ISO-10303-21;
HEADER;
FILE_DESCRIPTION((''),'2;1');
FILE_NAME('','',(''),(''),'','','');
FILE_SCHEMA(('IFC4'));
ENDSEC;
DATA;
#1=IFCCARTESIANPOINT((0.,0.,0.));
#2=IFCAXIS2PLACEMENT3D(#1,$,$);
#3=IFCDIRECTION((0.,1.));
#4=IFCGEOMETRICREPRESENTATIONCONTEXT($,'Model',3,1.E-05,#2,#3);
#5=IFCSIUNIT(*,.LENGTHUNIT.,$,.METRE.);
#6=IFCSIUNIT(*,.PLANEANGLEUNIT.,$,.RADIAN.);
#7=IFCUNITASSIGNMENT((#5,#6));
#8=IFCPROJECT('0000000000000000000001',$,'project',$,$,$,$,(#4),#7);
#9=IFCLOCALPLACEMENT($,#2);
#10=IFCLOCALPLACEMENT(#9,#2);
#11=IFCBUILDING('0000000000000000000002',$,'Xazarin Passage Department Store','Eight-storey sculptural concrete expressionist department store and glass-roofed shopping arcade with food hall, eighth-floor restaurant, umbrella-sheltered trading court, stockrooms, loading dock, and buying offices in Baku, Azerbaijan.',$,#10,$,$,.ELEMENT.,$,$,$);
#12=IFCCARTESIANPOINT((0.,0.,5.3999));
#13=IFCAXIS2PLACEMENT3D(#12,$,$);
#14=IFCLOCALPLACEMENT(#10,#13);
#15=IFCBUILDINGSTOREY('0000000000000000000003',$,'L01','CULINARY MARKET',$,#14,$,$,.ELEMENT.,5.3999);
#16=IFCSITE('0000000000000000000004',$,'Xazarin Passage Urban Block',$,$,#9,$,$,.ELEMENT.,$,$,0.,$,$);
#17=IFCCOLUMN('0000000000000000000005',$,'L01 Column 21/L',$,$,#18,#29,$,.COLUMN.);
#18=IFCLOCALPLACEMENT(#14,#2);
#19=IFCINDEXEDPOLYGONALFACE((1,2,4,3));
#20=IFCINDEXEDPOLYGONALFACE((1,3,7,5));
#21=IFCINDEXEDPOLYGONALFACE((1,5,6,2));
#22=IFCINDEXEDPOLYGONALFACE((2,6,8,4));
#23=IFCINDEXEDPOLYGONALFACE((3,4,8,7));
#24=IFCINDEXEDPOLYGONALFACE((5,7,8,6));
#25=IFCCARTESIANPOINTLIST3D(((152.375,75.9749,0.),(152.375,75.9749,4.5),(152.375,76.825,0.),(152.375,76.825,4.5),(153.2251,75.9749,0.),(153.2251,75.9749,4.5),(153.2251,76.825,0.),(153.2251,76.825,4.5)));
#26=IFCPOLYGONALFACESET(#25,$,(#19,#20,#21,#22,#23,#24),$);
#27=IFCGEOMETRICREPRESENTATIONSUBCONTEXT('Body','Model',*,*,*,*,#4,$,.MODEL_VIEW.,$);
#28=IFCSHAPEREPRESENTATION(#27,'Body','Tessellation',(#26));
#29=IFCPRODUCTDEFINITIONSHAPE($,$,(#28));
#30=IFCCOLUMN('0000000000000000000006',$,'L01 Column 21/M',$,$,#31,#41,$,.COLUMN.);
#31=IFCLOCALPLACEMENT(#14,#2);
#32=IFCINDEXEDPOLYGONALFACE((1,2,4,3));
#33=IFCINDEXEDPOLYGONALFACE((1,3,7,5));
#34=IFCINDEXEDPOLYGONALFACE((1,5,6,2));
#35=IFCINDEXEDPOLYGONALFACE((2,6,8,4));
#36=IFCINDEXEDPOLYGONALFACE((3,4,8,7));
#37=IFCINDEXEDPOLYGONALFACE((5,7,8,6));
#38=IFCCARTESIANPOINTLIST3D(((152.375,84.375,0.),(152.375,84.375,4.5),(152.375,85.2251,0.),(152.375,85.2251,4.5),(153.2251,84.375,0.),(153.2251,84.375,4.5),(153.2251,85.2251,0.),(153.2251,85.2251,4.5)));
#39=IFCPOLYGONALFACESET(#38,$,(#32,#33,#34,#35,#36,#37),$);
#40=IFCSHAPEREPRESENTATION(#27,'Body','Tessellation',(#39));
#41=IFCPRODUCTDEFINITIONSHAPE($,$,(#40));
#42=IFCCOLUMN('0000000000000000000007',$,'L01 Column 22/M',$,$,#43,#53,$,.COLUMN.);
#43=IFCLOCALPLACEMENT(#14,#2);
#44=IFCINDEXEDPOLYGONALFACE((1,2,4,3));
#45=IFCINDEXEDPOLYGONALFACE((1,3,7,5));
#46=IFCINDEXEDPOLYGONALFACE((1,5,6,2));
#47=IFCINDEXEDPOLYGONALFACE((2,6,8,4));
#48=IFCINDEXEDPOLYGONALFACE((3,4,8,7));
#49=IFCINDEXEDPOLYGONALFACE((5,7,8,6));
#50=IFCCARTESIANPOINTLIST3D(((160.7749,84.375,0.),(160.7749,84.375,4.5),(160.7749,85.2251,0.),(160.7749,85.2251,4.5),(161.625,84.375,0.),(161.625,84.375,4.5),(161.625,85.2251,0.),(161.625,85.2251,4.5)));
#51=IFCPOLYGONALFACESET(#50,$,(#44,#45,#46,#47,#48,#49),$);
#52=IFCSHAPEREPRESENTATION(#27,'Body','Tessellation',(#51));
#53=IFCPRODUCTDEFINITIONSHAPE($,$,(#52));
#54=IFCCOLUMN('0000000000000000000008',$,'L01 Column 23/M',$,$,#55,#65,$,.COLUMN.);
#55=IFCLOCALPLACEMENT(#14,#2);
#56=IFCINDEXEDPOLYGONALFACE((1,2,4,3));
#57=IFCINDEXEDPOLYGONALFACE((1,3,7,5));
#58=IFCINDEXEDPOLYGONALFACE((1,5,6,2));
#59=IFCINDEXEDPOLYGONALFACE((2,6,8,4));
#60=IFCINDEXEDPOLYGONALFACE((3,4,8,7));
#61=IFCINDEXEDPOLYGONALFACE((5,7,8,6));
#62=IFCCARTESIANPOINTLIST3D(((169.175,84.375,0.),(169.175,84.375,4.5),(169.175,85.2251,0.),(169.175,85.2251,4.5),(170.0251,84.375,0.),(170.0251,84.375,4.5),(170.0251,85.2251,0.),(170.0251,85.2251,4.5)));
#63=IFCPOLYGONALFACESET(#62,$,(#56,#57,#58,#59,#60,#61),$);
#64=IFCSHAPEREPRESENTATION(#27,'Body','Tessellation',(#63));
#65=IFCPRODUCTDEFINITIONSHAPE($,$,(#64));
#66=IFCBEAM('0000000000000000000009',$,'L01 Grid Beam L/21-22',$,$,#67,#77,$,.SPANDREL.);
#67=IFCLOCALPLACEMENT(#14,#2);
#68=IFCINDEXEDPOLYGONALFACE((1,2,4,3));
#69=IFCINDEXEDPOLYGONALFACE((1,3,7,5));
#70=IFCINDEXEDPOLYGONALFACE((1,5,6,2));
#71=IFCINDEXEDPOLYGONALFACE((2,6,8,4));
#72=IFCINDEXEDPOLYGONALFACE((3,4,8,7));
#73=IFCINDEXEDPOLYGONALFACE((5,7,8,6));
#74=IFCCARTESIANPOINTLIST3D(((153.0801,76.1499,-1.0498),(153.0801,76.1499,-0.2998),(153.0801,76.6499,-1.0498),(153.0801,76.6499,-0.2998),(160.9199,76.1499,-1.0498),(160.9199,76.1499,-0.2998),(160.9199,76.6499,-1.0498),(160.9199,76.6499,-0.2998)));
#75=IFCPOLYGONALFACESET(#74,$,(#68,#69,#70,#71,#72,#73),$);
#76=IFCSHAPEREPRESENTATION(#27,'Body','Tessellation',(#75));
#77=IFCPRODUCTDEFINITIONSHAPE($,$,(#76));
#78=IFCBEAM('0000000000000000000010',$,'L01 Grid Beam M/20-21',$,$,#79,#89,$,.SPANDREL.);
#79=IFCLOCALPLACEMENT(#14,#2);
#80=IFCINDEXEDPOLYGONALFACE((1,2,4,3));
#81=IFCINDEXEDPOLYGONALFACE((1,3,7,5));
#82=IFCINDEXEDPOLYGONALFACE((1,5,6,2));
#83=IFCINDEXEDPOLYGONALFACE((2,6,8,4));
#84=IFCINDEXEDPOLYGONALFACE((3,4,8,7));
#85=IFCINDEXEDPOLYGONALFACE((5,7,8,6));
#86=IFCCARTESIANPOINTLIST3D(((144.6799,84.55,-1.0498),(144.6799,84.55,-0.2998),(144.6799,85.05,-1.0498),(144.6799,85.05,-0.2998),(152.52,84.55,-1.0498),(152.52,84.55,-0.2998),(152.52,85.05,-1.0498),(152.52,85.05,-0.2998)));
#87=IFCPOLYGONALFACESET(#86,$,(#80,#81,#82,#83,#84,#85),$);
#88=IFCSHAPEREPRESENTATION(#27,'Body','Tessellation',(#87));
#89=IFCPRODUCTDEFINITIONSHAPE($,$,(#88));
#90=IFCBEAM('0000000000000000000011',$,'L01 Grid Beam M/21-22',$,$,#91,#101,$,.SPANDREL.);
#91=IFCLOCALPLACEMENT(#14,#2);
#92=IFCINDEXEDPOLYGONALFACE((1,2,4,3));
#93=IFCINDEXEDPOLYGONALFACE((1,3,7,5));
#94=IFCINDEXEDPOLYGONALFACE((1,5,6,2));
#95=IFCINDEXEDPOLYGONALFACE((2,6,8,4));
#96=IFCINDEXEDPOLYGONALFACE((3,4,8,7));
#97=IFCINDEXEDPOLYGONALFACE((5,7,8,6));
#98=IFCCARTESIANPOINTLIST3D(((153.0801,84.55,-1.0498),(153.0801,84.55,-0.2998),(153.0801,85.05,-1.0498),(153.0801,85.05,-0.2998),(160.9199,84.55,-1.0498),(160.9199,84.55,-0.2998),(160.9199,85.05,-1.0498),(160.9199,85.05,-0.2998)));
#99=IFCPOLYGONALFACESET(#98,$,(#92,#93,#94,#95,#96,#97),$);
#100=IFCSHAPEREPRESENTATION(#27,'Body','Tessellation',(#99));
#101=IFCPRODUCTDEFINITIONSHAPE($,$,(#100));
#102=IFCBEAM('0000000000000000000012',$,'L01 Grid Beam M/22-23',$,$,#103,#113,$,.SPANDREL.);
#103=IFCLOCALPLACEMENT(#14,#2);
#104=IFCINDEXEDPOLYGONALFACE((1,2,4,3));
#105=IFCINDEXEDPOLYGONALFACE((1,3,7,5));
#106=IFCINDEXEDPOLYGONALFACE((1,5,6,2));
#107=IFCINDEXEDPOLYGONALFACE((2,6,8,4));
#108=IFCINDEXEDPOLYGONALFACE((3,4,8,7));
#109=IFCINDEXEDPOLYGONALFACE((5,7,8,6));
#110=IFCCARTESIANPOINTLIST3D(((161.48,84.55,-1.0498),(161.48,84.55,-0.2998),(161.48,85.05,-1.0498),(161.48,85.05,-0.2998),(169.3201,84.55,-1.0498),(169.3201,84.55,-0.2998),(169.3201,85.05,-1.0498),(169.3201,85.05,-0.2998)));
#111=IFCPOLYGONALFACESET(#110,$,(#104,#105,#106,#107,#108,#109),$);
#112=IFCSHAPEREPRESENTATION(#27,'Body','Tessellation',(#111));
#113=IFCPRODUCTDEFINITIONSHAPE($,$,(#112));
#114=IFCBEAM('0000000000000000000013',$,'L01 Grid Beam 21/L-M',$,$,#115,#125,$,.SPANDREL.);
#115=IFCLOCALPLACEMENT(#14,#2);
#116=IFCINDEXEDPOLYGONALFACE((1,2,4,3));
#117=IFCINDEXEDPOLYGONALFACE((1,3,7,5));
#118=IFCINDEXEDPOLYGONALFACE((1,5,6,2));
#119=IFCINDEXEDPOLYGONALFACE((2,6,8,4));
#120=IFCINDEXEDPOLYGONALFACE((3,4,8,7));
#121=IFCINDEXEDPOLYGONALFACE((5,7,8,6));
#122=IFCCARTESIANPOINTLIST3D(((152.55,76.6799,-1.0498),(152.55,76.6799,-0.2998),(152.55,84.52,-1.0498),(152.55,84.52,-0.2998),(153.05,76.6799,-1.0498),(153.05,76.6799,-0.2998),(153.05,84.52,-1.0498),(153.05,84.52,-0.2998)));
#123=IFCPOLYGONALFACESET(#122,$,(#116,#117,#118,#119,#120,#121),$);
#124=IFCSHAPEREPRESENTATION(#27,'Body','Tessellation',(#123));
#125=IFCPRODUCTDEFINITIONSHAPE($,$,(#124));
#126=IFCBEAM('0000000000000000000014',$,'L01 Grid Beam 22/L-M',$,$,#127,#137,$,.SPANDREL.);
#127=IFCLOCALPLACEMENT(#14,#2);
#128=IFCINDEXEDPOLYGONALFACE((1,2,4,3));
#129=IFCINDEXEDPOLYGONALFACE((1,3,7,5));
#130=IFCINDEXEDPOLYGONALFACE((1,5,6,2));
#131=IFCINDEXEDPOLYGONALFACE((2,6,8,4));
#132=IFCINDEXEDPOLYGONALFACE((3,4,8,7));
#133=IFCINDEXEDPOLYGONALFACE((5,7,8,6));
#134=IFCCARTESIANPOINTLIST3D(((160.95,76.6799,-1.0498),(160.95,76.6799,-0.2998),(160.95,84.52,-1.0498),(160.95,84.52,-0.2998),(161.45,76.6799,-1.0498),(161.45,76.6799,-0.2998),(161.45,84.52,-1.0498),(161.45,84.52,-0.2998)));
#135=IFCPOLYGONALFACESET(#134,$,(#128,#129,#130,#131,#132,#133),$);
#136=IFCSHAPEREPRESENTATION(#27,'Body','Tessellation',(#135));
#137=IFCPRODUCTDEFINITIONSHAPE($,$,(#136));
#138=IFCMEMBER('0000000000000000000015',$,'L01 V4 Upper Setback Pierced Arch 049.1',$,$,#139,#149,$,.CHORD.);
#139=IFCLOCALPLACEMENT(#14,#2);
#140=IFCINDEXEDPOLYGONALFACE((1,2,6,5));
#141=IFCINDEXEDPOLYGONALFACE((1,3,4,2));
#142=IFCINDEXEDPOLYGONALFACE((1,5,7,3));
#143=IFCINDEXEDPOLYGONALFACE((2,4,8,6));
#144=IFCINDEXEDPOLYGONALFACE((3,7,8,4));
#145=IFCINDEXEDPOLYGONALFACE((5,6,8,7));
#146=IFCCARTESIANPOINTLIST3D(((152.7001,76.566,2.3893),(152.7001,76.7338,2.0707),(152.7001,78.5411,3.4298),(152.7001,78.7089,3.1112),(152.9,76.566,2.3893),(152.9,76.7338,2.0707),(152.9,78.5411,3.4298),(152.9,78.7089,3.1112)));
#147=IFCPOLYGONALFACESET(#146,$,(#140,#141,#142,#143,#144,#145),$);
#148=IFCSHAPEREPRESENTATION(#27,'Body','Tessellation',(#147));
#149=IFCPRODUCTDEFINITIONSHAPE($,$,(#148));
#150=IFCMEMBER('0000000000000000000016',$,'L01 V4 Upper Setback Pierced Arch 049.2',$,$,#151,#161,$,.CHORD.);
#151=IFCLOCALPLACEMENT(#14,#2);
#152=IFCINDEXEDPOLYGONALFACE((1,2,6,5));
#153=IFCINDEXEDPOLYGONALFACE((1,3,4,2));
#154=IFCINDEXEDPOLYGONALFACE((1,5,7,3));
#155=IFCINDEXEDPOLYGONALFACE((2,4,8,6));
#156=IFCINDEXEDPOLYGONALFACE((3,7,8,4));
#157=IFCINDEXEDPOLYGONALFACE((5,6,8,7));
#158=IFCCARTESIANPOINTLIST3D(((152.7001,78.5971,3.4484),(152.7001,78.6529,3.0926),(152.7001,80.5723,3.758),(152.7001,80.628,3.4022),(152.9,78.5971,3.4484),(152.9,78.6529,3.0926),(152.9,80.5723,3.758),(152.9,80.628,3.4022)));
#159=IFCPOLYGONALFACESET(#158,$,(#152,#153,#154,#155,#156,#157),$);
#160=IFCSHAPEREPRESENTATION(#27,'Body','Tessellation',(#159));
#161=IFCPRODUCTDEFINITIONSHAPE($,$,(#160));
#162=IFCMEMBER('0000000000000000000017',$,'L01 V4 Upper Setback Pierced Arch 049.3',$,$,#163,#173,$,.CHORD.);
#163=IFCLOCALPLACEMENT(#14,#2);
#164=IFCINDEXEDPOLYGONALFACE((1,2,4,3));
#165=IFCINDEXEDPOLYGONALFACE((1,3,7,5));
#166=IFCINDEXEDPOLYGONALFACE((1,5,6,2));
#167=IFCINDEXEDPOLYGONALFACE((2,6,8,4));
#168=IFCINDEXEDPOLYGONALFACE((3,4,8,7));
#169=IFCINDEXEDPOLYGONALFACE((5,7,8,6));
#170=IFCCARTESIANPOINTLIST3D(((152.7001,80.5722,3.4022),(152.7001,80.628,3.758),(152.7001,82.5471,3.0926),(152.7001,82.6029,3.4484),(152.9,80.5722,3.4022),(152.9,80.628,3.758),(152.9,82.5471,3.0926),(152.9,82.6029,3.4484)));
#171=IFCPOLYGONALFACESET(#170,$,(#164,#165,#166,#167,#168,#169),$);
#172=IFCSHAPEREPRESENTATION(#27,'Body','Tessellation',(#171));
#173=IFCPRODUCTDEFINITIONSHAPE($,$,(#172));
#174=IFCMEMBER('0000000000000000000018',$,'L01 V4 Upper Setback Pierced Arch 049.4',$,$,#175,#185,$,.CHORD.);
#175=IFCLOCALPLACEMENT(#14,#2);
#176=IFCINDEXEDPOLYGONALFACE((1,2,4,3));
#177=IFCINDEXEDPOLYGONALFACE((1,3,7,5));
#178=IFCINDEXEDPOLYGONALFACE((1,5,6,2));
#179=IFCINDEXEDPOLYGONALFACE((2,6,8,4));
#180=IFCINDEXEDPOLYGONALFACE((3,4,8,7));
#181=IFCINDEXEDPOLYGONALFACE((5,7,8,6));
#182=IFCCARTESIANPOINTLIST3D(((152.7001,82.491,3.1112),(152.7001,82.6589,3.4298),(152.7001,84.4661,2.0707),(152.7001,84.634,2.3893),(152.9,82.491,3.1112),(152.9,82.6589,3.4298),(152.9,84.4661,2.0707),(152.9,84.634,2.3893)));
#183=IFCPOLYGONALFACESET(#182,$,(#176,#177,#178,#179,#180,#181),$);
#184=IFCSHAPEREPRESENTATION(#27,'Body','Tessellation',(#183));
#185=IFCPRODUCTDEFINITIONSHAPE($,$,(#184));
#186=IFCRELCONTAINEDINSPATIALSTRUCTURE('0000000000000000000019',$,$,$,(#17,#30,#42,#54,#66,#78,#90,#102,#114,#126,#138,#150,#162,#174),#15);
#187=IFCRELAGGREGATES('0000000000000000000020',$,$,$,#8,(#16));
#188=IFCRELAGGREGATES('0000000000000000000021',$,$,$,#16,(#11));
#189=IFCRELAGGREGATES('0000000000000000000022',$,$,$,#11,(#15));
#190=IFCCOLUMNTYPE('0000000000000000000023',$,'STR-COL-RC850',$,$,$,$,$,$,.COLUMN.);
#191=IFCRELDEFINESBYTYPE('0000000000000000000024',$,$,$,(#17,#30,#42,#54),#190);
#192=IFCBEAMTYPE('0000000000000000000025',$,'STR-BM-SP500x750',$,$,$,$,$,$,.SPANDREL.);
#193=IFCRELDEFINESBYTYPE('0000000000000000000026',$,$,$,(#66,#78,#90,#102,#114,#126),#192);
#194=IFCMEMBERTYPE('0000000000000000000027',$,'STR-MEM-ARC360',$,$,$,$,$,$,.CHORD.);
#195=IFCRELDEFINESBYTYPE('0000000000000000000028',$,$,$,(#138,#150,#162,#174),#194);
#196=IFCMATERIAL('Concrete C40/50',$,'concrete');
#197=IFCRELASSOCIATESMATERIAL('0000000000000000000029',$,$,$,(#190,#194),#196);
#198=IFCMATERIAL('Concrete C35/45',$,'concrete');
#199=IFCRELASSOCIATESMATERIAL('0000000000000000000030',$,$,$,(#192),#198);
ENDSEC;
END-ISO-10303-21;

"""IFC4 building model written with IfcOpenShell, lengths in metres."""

from ifc_helpers import new_model, si_unit, direction, frame, origin, origin_2d, place, context, subcontext, project, spatial, rectangle, extrude, material, material_profile, profile_set, type_object, element, save


model = new_model("IFC4")

# Units and contexts
model_context = context("Model", 3, precision=1e-05, world=origin(), true_north=direction((0.0, 1.0)))
body_context = subcontext(model_context, "Body", "Model", "MODEL_VIEW")
ifc_project = project(units=[si_unit("LENGTHUNIT", "METRE"), si_unit("PLANEANGLEUNIT", "RADIAN")], contexts=[model_context])

# Site, building, storey
site_placement = place(None, origin())
site = spatial("IfcSite", under=ifc_project, at=site_placement, Name="Xazarin Passage Urban Block", CompositionType="ELEMENT", RefElevation=0.0)
building_placement = place(site_placement, origin())
building = spatial("IfcBuilding", under=site, at=building_placement, Name="Xazarin Passage Department Store", Description="Eight-storey sculptural concrete expressionist department store and glass-roofed shopping arcade with food hall, eighth-floor restaurant, umbrella-sheltered trading court, stockrooms, loading dock, and buying offices in Baku, Azerbaijan.", CompositionType="ELEMENT")
storey_placement = place(building_placement, frame((0.0, 0.0, 5.3999)))
storey = spatial("IfcBuildingStorey", under=building, at=storey_placement, Name="L01", Description="CULINARY MARKET", CompositionType="ELEMENT", Elevation=5.3999)

# Columns
ifc_material_1 = material(Name="Concrete C40/50", Category="concrete")
ifc_material_profile_1 = material_profile(ifc_material_1, rectangle(XDim=0.8501, YDim=0.8501, at=origin_2d()), Name="RC 850x850")
ifc_profile_set_1 = profile_set([ifc_material_profile_1], Name="Concrete C40/50")
column_type = type_object("IfcColumnType", Name="STR-COL-RC850", PredefinedType="COLUMN", material=ifc_profile_set_1)
for number, where, z_axis, x_axis, name in (
    (1, (152.8, 76.3999, 0.0), (0.0, 0.0, 1.0), (1.0, 0.0, 0.0), "L01 Column 21/L"),
    (2, (152.8, 84.8, 0.0), (0.0, 0.0, 1.0), (1.0, 0.0, 0.0), "L01 Column 21/M"),
    (3, (161.2, 84.8, 0.0), (0.0, 0.0, 1.0), (1.0, 0.0, 0.0), "L01 Column 22/M"),
    (4, (169.6001, 84.8, 0.0), (0.0, 0.0, 1.0), (1.0, 0.0, 0.0), "L01 Column 23/M"),
):
    element("IfcColumn", number, at=place(storey_placement, frame(where, z_axis=z_axis, x_axis=x_axis)), inside=storey, type_object=column_type, Name=name, PredefinedType="COLUMN", context=body_context, shape_type="SweptSolid", body=[
        extrude(rectangle(XDim=0.8501, YDim=0.8501, at=origin_2d()), origin(), (0.0, 0.0, 1.0), 4.5),
    ])

# Beams
ifc_material_2 = material(Name="Concrete C35/45", Category="concrete")
ifc_material_profile_2 = material_profile(ifc_material_2, rectangle(XDim=0.5, YDim=0.75, at=origin_2d()), Name="RC 500x750")
ifc_profile_set_2 = profile_set([ifc_material_profile_2], Name="Concrete C35/45")
beam_type = type_object("IfcBeamType", Name="STR-BM-SP500x750", PredefinedType="SPANDREL", material=ifc_profile_set_2)
beam_1_placement = place(storey_placement, frame((153.0801, 76.3999, -0.6748), z_axis=(1.0, 0.0, 0.0), x_axis=(0.0, 1.0, 0.0)))
element("IfcBeam", 5, at=beam_1_placement, inside=storey, type_object=beam_type, Name="L01 Grid Beam L/21-22", PredefinedType="SPANDREL", context=body_context, shape_type="SweptSolid", body=[
    extrude(rectangle(XDim=0.5, YDim=0.75, at=origin_2d()), origin(), (0.0, 0.0, 1.0), 7.8398),
])
beam_2_placement = place(storey_placement, frame((144.6799, 84.8, -0.6748), z_axis=(1.0, 0.0, 0.0), x_axis=(0.0, 1.0, 0.0)))
element("IfcBeam", 6, at=beam_2_placement, inside=storey, type_object=beam_type, Name="L01 Grid Beam M/20-21", PredefinedType="SPANDREL", context=body_context, shape_type="SweptSolid", body=[
    extrude(rectangle(XDim=0.5, YDim=0.75, at=origin_2d()), origin(), (0.0, 0.0, 1.0), 7.8401),
])
beam_3_placement = place(storey_placement, frame((153.0801, 84.8, -0.6748), z_axis=(1.0, 0.0, 0.0), x_axis=(0.0, 1.0, 0.0)))
element("IfcBeam", 7, at=beam_3_placement, inside=storey, type_object=beam_type, Name="L01 Grid Beam M/21-22", PredefinedType="SPANDREL", context=body_context, shape_type="SweptSolid", body=[
    extrude(rectangle(XDim=0.5, YDim=0.75, at=origin_2d()), origin(), (0.0, 0.0, 1.0), 7.8398),
])
for number, where, z_axis, x_axis, name in (
    (8, (161.48, 84.8, -0.6748), (1.0, 0.0, 0.0), (0.0, 1.0, 0.0), "L01 Grid Beam M/22-23"),
    (9, (152.8, 76.6799, -0.6748), (0.0, 1.0, 0.0), (-1.0, 0.0, 0.0), "L01 Grid Beam 21/L-M"),
    (10, (161.2, 76.6799, -0.6748), (0.0, 1.0, 0.0), (-1.0, 0.0, 0.0), "L01 Grid Beam 22/L-M"),
):
    element("IfcBeam", number, at=place(storey_placement, frame(where, z_axis=z_axis, x_axis=x_axis)), inside=storey, type_object=beam_type, Name=name, PredefinedType="SPANDREL", context=body_context, shape_type="SweptSolid", body=[
        extrude(rectangle(XDim=0.5, YDim=0.75, at=origin_2d()), origin(), (0.0, 0.0, 1.0), 7.8401),
    ])

# Members
ifc_material_profile_3 = material_profile(ifc_material_1, rectangle(XDim=0.2, YDim=0.3601, at=origin_2d()), Name="RC 200x360")
ifc_profile_set_3 = profile_set([ifc_material_profile_3], Name="Concrete C40/50")
member_type = type_object("IfcMemberType", Name="STR-MEM-ARC360", PredefinedType="CHORD", material=ifc_profile_set_3)
member_1_placement = place(storey_placement, frame((152.8, 76.6499, 2.23), z_axis=(0.0, 0.884733, 0.466098), x_axis=(-1.0, 0.0, 0.0)))
element("IfcMember", 11, at=member_1_placement, inside=storey, type_object=member_type, Name="L01 V4 Upper Setback Pierced Arch 049.1", PredefinedType="CHORD", context=body_context, shape_type="SweptSolid", body=[
    extrude(rectangle(XDim=0.2, YDim=0.3601, at=origin_2d()), origin(), (0.0, 0.0, 1.0), 2.2324),
])
member_2_placement = place(storey_placement, frame((152.8, 78.625, 3.2705), z_axis=(0.0, 0.987939, 0.154846), x_axis=(-1.0, 0.0, 0.0)))
element("IfcMember", 12, at=member_2_placement, inside=storey, type_object=member_type, Name="L01 V4 Upper Setback Pierced Arch 049.2", PredefinedType="CHORD", context=body_context, shape_type="SweptSolid", body=[
    extrude(rectangle(XDim=0.2, YDim=0.3601, at=origin_2d()), origin(), (0.0, 0.0, 1.0), 1.9993),
])
member_3_placement = place(storey_placement, frame((152.8, 80.6001, 3.5801), z_axis=(0.0, 0.987936, -0.154865), x_axis=(-1.0, 0.0, 0.0)))
element("IfcMember", 13, at=member_3_placement, inside=storey, type_object=member_type, Name="L01 V4 Upper Setback Pierced Arch 049.3", PredefinedType="CHORD", context=body_context, shape_type="SweptSolid", body=[
    extrude(rectangle(XDim=0.2, YDim=0.3601, at=origin_2d()), origin(), (0.0, 0.0, 1.0), 1.999),
])
member_4_placement = place(storey_placement, frame((152.8, 82.575, 3.2705), z_axis=(0.0, 0.884733, -0.466098), x_axis=(-1.0, 0.0, 0.0)))
element("IfcMember", 14, at=member_4_placement, inside=storey, type_object=member_type, Name="L01 V4 Upper Setback Pierced Arch 049.4", PredefinedType="CHORD", context=body_context, shape_type="SweptSolid", body=[
    extrude(rectangle(XDim=0.2, YDim=0.3601, at=origin_2d()), origin(), (0.0, 0.0, 1.0), 2.2324),
])

save(model, "model.ifc")
